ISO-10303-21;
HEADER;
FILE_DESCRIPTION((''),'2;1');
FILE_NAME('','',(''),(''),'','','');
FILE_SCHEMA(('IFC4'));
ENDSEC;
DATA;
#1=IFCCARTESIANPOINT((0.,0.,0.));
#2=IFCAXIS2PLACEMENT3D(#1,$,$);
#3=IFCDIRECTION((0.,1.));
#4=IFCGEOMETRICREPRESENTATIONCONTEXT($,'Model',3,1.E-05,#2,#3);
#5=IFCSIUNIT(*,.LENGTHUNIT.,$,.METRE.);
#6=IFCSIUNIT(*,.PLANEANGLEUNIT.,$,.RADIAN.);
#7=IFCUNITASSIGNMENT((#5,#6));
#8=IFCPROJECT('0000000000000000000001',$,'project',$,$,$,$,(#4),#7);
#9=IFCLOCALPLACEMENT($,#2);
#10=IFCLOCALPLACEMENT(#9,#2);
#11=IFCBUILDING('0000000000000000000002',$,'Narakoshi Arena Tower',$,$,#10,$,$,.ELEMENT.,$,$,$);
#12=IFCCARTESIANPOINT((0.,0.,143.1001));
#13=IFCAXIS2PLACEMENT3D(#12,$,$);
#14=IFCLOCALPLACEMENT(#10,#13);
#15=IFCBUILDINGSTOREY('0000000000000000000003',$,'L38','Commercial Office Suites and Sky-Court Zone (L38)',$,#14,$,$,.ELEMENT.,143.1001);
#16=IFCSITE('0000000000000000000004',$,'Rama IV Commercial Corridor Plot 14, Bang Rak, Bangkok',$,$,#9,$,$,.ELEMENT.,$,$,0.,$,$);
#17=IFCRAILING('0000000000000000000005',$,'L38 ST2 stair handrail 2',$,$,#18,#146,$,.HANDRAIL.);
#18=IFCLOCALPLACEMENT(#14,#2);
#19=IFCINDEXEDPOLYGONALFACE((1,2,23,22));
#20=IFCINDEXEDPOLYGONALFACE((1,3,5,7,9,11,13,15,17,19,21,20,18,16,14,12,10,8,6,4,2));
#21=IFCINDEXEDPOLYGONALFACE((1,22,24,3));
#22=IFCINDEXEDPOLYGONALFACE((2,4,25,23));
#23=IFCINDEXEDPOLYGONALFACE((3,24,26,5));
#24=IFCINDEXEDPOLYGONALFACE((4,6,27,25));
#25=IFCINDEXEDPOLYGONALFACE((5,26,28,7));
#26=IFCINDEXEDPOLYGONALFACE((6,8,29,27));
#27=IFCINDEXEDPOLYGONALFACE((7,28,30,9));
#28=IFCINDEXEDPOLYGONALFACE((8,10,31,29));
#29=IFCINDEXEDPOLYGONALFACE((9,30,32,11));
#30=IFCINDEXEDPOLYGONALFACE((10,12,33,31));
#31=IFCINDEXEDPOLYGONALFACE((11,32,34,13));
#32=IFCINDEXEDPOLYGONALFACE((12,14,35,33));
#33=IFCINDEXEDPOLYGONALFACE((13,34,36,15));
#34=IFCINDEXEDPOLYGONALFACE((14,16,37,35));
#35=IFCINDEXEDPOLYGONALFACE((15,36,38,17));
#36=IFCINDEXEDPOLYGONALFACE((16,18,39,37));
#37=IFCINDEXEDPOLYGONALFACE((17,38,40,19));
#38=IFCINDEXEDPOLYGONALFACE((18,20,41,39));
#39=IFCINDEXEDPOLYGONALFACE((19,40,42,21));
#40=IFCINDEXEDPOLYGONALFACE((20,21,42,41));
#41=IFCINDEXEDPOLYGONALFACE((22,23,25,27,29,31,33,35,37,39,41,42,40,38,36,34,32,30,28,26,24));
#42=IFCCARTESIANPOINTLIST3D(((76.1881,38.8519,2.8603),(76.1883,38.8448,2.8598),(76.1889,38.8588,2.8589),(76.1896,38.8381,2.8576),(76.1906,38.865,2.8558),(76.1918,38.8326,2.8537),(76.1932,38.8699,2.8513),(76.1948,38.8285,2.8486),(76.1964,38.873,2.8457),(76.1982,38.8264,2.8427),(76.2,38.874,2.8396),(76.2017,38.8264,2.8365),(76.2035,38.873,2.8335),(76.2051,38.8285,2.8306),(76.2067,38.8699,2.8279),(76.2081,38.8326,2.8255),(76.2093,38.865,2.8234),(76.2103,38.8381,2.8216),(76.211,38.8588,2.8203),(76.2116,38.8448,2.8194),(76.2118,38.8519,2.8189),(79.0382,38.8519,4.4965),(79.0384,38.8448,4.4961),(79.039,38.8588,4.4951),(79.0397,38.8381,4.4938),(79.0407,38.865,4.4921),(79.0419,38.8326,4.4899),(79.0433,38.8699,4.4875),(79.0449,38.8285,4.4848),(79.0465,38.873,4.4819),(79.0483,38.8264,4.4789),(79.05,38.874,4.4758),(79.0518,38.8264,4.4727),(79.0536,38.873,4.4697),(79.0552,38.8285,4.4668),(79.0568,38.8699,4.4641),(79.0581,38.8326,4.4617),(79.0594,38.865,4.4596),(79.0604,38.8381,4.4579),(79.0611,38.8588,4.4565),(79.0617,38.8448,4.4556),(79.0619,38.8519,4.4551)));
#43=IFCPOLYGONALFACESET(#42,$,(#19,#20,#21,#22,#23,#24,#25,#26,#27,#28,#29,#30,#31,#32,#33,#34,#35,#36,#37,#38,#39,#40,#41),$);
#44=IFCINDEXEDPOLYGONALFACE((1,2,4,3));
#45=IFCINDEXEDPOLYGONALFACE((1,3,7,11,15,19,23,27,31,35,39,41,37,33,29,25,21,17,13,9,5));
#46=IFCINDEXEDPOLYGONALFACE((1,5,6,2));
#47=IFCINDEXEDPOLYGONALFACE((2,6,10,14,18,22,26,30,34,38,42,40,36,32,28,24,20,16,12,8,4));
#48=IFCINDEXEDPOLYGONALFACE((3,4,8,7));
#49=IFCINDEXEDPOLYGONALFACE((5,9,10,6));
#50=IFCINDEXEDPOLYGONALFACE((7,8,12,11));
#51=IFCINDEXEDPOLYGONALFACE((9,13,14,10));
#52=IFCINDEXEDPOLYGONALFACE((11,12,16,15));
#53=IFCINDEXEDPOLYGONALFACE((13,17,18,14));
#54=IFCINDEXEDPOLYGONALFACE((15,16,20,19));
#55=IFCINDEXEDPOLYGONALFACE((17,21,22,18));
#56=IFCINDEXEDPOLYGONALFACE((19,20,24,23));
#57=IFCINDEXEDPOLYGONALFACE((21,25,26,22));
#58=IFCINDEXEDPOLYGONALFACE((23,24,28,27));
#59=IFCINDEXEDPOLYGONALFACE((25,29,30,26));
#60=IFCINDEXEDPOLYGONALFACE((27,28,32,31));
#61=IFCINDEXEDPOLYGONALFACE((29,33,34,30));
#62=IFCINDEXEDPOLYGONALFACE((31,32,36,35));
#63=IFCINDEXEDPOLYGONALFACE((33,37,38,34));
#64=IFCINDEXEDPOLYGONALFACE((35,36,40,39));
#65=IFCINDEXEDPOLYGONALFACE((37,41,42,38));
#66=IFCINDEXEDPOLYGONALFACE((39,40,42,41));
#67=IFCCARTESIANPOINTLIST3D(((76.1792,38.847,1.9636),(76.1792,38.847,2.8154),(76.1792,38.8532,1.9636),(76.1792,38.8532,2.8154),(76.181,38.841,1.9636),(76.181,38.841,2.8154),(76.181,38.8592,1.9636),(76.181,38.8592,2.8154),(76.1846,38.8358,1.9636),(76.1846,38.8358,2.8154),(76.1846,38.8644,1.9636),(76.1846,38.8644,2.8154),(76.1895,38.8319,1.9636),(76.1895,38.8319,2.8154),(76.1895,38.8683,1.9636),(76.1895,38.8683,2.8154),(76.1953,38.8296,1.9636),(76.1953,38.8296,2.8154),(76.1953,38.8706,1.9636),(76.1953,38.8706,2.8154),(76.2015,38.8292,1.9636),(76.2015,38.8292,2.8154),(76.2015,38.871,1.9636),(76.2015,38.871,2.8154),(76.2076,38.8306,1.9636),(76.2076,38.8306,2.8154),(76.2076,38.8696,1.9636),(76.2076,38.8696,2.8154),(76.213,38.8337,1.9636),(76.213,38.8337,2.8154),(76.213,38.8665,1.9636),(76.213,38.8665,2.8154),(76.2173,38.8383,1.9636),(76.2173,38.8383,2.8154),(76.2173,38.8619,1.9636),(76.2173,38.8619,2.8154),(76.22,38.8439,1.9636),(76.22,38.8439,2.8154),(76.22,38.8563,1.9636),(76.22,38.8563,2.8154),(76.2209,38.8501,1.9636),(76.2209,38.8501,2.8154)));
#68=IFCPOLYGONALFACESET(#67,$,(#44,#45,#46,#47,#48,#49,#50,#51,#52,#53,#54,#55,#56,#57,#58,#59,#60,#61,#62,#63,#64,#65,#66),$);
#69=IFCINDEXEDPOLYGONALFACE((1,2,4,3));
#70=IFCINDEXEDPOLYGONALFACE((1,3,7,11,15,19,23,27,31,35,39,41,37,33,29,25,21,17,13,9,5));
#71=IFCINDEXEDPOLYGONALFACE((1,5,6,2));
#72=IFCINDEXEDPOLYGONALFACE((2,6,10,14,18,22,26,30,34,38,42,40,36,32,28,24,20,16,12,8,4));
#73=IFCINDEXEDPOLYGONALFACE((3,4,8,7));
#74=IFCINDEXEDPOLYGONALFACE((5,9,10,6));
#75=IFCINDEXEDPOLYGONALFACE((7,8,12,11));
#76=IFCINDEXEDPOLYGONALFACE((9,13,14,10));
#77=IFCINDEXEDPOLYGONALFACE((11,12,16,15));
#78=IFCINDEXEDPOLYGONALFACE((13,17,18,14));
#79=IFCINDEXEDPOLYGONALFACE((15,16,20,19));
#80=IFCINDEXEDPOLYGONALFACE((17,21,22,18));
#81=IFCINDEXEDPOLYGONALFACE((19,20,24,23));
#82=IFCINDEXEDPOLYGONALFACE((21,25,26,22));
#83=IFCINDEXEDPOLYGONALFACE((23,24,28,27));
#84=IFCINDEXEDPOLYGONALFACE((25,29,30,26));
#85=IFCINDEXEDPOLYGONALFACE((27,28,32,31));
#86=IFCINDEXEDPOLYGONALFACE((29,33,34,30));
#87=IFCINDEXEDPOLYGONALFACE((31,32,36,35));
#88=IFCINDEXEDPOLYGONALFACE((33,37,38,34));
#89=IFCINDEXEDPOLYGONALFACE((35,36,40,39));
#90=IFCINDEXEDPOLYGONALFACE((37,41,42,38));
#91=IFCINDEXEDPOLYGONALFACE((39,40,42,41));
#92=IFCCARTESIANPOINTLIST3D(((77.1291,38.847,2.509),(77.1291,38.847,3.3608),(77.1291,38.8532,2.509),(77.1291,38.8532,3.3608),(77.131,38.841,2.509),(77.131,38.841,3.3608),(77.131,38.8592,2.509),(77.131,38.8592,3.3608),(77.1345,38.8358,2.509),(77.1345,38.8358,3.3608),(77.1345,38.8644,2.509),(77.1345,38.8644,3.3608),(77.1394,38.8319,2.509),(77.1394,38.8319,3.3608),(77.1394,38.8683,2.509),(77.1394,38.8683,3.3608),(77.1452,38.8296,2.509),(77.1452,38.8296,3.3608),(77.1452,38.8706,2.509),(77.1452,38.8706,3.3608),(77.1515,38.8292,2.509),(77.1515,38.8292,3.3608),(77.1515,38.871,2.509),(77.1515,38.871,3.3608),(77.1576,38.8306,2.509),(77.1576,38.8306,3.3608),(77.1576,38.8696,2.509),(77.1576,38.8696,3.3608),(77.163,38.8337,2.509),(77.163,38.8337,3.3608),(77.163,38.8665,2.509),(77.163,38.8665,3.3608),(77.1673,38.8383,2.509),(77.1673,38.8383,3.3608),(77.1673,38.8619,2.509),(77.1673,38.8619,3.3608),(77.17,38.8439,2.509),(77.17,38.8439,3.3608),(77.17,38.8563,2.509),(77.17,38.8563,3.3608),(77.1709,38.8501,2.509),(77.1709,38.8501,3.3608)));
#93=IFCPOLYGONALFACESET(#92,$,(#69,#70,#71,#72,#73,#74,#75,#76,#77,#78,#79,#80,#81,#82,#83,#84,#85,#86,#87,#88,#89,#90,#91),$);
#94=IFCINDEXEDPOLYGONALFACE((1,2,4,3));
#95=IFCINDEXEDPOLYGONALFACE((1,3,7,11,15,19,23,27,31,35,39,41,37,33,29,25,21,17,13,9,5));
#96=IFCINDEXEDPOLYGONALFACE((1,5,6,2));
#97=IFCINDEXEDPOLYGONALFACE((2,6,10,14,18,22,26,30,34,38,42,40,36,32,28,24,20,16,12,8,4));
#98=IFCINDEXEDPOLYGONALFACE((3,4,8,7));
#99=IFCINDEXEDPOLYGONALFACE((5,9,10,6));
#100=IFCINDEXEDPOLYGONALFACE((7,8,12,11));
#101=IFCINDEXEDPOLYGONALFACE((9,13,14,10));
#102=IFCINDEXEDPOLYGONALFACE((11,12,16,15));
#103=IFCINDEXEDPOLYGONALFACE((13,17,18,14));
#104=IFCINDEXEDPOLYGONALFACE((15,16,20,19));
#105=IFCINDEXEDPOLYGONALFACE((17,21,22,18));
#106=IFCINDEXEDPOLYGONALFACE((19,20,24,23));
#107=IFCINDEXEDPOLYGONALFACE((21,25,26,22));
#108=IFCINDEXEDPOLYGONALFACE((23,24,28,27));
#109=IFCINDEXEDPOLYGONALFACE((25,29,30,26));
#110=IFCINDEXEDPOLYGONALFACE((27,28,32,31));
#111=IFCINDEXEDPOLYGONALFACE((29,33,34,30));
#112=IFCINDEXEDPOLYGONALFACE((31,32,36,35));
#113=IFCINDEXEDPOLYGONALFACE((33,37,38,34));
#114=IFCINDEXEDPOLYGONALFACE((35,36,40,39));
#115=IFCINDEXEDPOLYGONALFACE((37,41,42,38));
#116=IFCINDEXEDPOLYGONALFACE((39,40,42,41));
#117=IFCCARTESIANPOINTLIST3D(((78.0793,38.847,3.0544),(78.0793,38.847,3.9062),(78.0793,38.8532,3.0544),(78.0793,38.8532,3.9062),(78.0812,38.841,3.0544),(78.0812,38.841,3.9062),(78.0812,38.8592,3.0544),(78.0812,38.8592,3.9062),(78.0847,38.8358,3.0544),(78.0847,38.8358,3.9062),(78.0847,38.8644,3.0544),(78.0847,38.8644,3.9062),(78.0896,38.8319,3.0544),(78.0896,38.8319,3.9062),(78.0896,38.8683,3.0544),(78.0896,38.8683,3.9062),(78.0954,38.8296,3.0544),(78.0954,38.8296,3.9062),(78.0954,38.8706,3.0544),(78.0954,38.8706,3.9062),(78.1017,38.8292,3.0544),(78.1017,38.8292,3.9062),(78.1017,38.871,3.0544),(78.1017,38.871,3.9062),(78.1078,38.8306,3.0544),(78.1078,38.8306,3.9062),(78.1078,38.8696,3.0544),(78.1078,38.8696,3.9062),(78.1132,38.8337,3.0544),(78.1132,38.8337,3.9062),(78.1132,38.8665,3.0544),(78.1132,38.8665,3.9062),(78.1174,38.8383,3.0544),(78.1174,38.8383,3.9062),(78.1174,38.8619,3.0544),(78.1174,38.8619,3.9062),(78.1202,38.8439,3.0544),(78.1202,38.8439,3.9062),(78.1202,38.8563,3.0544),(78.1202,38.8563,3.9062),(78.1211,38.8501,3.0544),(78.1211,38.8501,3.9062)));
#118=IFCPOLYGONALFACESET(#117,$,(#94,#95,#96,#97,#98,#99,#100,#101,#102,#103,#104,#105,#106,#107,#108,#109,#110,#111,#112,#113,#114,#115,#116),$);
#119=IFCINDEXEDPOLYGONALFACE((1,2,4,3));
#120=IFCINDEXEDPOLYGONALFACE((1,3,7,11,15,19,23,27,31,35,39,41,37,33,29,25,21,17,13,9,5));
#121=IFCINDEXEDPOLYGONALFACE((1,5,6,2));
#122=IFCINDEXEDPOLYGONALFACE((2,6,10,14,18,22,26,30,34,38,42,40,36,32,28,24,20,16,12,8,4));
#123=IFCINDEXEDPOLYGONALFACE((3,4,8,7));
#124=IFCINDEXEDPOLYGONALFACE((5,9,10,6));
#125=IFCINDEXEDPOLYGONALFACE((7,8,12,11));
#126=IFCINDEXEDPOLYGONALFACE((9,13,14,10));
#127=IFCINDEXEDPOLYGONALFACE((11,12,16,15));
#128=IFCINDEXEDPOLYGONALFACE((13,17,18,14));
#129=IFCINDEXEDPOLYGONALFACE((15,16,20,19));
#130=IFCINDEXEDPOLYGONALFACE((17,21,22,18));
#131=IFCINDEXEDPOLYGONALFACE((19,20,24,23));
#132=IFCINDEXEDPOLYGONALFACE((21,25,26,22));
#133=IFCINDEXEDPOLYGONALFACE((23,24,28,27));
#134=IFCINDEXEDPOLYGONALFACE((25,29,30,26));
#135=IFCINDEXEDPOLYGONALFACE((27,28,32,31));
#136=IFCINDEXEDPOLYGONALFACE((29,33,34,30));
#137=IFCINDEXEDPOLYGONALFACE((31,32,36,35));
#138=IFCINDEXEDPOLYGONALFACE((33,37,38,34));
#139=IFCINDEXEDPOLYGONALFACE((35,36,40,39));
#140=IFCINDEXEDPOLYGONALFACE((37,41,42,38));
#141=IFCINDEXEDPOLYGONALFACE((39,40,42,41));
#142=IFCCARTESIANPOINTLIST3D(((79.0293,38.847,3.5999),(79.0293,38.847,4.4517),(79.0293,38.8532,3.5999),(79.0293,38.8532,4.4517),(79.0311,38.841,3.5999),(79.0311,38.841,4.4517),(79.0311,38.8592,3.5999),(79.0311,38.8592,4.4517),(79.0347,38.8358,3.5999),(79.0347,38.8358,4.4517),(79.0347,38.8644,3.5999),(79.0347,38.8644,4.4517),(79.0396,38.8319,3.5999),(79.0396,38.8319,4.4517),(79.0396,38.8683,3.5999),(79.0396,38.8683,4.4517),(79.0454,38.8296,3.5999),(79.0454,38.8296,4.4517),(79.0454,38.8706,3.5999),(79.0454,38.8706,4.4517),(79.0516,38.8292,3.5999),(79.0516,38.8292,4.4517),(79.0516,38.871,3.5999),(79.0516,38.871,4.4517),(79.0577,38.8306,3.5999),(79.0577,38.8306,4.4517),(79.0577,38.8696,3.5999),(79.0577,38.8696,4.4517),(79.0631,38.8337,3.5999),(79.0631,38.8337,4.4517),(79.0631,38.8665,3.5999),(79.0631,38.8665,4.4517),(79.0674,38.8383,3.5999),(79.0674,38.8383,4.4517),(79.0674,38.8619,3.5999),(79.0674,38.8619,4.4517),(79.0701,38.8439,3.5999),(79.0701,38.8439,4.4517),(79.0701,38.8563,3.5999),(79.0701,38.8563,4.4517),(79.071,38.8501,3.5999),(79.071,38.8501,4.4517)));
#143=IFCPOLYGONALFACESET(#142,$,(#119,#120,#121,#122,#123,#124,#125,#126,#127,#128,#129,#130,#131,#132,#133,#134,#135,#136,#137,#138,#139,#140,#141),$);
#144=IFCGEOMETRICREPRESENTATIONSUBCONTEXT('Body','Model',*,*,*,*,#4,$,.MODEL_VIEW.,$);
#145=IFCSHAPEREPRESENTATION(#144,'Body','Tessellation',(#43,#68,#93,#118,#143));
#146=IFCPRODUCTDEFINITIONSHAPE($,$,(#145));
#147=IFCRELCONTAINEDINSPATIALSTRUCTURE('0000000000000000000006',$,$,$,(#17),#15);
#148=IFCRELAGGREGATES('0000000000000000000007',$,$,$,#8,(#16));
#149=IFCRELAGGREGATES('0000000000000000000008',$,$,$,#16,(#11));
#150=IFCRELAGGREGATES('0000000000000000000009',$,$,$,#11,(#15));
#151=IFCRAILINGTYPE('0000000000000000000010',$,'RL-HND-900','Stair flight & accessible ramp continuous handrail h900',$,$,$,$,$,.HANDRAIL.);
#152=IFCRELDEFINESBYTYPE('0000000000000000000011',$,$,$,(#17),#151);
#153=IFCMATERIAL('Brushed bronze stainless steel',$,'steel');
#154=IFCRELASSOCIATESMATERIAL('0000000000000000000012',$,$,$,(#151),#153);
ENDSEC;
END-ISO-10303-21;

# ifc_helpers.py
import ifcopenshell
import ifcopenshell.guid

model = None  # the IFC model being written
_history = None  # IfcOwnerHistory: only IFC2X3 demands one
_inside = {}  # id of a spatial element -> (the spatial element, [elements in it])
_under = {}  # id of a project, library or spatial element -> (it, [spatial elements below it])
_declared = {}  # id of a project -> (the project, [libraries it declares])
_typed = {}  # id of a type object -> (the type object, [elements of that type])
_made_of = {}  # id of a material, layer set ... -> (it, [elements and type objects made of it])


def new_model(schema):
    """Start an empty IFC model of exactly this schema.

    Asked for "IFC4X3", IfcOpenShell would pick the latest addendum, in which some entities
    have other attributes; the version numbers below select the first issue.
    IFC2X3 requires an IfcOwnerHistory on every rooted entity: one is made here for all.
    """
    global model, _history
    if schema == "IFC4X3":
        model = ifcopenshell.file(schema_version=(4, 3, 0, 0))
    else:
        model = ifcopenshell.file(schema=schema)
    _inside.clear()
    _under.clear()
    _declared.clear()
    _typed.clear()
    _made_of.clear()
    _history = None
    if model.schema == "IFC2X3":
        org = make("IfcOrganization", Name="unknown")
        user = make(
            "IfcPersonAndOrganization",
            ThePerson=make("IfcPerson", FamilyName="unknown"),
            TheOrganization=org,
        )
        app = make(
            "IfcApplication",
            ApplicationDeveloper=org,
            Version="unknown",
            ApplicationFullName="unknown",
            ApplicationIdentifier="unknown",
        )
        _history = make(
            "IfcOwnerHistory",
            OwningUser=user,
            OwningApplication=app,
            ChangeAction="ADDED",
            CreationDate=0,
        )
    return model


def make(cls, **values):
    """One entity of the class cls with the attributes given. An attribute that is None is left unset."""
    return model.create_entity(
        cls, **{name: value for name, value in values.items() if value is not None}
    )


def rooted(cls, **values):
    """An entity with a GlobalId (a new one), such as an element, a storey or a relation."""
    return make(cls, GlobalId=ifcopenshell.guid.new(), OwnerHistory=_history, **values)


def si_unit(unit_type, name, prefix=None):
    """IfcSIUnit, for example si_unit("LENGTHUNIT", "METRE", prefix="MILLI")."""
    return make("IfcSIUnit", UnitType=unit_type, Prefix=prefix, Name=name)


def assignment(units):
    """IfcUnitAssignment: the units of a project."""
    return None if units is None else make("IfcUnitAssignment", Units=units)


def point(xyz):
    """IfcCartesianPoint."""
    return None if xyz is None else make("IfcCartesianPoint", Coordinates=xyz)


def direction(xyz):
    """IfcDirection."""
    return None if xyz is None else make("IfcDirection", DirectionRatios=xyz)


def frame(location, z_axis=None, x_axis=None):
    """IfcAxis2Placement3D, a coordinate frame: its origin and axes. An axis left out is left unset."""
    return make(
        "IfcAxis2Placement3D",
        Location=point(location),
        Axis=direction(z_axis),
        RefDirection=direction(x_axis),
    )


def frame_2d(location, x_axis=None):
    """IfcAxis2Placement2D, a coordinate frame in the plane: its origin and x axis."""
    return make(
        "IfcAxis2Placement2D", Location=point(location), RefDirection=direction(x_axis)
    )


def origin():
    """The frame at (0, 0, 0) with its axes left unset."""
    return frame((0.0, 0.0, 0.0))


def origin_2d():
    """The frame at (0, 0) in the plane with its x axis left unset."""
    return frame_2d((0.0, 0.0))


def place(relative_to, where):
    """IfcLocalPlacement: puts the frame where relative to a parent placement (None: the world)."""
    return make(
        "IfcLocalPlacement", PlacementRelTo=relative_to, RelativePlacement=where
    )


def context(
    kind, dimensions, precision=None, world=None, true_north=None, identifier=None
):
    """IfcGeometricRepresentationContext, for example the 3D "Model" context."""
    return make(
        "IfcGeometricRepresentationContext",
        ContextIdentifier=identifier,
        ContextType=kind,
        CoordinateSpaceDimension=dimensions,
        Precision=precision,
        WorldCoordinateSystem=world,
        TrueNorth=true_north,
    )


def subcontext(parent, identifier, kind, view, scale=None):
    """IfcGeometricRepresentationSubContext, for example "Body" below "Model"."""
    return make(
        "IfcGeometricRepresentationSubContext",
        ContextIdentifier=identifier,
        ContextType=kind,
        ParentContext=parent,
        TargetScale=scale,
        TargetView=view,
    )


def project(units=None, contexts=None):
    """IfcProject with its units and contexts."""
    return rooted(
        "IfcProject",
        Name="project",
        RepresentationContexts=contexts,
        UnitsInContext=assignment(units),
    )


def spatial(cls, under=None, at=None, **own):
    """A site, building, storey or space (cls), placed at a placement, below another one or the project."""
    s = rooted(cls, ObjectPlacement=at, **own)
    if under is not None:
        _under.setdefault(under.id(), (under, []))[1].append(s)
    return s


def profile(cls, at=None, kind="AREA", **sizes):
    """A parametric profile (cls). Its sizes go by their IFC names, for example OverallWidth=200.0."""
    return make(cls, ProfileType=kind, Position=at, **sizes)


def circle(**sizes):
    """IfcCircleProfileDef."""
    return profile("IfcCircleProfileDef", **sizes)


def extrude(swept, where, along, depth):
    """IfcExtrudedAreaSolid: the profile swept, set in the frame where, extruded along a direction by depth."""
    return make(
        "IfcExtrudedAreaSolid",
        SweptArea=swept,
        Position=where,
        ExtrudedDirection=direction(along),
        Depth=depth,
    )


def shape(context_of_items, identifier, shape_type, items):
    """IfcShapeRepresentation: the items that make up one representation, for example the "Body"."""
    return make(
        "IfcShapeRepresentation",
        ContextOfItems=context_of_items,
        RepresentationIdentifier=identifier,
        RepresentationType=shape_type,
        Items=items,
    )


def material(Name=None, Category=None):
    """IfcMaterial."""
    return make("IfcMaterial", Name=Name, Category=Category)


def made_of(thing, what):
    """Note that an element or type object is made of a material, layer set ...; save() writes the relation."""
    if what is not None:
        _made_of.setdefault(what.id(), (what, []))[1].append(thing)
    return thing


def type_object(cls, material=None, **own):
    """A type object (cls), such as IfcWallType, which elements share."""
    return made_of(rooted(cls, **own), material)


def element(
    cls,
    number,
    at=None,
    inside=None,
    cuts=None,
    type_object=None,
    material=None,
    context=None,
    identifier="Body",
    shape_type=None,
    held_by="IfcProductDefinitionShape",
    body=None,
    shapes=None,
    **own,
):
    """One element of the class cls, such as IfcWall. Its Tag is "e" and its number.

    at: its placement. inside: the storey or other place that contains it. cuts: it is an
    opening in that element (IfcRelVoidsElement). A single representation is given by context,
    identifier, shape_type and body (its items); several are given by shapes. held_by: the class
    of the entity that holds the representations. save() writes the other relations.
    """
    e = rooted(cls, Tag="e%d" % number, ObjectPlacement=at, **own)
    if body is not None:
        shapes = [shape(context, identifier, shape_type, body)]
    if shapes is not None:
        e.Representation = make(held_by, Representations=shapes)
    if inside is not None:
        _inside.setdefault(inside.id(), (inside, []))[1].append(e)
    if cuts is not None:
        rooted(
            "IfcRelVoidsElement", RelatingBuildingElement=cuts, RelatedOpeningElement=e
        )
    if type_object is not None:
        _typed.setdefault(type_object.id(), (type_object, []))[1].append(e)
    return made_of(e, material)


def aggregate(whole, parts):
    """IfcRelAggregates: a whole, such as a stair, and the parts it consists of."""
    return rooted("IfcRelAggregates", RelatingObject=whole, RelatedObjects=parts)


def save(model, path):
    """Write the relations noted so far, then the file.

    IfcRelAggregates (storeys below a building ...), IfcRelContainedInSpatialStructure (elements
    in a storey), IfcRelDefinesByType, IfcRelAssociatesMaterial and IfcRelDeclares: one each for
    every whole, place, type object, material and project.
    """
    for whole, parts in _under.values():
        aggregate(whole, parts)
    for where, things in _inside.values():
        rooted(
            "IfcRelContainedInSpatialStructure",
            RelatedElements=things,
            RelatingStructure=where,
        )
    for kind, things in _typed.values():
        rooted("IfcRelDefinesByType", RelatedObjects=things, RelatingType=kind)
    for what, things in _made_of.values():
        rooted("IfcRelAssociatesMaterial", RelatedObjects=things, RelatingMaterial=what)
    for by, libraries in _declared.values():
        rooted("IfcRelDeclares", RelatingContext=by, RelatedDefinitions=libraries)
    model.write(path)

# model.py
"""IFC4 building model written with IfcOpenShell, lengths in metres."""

from ifc_helpers import new_model, si_unit, direction, frame, origin, origin_2d, place, context, subcontext, project, spatial, circle, extrude, material, type_object, element, save


model = new_model("IFC4")

# Units and contexts
model_context = context("Model", 3, precision=1e-05, world=origin(), true_north=direction((0.0, 1.0)))
body_context = subcontext(model_context, "Body", "Model", "MODEL_VIEW")
ifc_project = project(units=[si_unit("LENGTHUNIT", "METRE"), si_unit("PLANEANGLEUNIT", "RADIAN")], contexts=[model_context])

# Site, building, storey
site_placement = place(None, origin())
site = spatial("IfcSite", under=ifc_project, at=site_placement, Name="Rama IV Commercial Corridor Plot 14, Bang Rak, Bangkok", CompositionType="ELEMENT", RefElevation=0.0)
building_placement = place(site_placement, origin())
building = spatial("IfcBuilding", under=site, at=building_placement, Name="Narakoshi Arena Tower", CompositionType="ELEMENT")
storey_placement = place(building_placement, frame((0.0, 0.0, 143.1001)))
storey = spatial("IfcBuildingStorey", under=building, at=storey_placement, Name="L38", Description="Commercial Office Suites and Sky-Court Zone (L38)", CompositionType="ELEMENT", Elevation=143.1001)

# Railing
ifc_material_1 = material(Name="Brushed bronze stainless steel", Category="steel")
railing_type_1 = type_object("IfcRailingType", Name="RL-HND-900", Description="Stair flight & accessible ramp continuous handrail h900", PredefinedType="HANDRAIL", material=ifc_material_1)
for number, where, name in (
    (1, (76.2, 38.8501, 1.9636), "L38 ST2 stair handrail 2"),
):
    element("IfcRailing", number, at=place(storey_placement, frame(where)), inside=storey, type_object=railing_type_1, Name=name, PredefinedType="HANDRAIL", context=body_context, shape_type="SweptSolid", body=[
        extrude(circle(Radius=0.0239, at=origin_2d()), frame((0.0, 0.0, 0.876), z_axis=(0.867245, 0.0, 0.497882), x_axis=(0.0, 1.0, 0.0)), (0.0, 0.0, 1.0), 3.2864),
        extrude(circle(Radius=0.021, at=origin_2d()), origin(), (0.0, 0.0, 1.0), 0.8518),
        extrude(circle(Radius=0.021, at=origin_2d()), frame((0.95, 0.0, 0.5454)), (0.0, 0.0, 1.0), 0.8518),
        extrude(circle(Radius=0.021, at=origin_2d()), frame((1.9001, 0.0, 1.0908)), (0.0, 0.0, 1.0), 0.8518),
        extrude(circle(Radius=0.021, at=origin_2d()), frame((2.8501, 0.0, 1.6362)), (0.0, 0.0, 1.0), 0.8518),
    ])

save(model, "model.ifc")
